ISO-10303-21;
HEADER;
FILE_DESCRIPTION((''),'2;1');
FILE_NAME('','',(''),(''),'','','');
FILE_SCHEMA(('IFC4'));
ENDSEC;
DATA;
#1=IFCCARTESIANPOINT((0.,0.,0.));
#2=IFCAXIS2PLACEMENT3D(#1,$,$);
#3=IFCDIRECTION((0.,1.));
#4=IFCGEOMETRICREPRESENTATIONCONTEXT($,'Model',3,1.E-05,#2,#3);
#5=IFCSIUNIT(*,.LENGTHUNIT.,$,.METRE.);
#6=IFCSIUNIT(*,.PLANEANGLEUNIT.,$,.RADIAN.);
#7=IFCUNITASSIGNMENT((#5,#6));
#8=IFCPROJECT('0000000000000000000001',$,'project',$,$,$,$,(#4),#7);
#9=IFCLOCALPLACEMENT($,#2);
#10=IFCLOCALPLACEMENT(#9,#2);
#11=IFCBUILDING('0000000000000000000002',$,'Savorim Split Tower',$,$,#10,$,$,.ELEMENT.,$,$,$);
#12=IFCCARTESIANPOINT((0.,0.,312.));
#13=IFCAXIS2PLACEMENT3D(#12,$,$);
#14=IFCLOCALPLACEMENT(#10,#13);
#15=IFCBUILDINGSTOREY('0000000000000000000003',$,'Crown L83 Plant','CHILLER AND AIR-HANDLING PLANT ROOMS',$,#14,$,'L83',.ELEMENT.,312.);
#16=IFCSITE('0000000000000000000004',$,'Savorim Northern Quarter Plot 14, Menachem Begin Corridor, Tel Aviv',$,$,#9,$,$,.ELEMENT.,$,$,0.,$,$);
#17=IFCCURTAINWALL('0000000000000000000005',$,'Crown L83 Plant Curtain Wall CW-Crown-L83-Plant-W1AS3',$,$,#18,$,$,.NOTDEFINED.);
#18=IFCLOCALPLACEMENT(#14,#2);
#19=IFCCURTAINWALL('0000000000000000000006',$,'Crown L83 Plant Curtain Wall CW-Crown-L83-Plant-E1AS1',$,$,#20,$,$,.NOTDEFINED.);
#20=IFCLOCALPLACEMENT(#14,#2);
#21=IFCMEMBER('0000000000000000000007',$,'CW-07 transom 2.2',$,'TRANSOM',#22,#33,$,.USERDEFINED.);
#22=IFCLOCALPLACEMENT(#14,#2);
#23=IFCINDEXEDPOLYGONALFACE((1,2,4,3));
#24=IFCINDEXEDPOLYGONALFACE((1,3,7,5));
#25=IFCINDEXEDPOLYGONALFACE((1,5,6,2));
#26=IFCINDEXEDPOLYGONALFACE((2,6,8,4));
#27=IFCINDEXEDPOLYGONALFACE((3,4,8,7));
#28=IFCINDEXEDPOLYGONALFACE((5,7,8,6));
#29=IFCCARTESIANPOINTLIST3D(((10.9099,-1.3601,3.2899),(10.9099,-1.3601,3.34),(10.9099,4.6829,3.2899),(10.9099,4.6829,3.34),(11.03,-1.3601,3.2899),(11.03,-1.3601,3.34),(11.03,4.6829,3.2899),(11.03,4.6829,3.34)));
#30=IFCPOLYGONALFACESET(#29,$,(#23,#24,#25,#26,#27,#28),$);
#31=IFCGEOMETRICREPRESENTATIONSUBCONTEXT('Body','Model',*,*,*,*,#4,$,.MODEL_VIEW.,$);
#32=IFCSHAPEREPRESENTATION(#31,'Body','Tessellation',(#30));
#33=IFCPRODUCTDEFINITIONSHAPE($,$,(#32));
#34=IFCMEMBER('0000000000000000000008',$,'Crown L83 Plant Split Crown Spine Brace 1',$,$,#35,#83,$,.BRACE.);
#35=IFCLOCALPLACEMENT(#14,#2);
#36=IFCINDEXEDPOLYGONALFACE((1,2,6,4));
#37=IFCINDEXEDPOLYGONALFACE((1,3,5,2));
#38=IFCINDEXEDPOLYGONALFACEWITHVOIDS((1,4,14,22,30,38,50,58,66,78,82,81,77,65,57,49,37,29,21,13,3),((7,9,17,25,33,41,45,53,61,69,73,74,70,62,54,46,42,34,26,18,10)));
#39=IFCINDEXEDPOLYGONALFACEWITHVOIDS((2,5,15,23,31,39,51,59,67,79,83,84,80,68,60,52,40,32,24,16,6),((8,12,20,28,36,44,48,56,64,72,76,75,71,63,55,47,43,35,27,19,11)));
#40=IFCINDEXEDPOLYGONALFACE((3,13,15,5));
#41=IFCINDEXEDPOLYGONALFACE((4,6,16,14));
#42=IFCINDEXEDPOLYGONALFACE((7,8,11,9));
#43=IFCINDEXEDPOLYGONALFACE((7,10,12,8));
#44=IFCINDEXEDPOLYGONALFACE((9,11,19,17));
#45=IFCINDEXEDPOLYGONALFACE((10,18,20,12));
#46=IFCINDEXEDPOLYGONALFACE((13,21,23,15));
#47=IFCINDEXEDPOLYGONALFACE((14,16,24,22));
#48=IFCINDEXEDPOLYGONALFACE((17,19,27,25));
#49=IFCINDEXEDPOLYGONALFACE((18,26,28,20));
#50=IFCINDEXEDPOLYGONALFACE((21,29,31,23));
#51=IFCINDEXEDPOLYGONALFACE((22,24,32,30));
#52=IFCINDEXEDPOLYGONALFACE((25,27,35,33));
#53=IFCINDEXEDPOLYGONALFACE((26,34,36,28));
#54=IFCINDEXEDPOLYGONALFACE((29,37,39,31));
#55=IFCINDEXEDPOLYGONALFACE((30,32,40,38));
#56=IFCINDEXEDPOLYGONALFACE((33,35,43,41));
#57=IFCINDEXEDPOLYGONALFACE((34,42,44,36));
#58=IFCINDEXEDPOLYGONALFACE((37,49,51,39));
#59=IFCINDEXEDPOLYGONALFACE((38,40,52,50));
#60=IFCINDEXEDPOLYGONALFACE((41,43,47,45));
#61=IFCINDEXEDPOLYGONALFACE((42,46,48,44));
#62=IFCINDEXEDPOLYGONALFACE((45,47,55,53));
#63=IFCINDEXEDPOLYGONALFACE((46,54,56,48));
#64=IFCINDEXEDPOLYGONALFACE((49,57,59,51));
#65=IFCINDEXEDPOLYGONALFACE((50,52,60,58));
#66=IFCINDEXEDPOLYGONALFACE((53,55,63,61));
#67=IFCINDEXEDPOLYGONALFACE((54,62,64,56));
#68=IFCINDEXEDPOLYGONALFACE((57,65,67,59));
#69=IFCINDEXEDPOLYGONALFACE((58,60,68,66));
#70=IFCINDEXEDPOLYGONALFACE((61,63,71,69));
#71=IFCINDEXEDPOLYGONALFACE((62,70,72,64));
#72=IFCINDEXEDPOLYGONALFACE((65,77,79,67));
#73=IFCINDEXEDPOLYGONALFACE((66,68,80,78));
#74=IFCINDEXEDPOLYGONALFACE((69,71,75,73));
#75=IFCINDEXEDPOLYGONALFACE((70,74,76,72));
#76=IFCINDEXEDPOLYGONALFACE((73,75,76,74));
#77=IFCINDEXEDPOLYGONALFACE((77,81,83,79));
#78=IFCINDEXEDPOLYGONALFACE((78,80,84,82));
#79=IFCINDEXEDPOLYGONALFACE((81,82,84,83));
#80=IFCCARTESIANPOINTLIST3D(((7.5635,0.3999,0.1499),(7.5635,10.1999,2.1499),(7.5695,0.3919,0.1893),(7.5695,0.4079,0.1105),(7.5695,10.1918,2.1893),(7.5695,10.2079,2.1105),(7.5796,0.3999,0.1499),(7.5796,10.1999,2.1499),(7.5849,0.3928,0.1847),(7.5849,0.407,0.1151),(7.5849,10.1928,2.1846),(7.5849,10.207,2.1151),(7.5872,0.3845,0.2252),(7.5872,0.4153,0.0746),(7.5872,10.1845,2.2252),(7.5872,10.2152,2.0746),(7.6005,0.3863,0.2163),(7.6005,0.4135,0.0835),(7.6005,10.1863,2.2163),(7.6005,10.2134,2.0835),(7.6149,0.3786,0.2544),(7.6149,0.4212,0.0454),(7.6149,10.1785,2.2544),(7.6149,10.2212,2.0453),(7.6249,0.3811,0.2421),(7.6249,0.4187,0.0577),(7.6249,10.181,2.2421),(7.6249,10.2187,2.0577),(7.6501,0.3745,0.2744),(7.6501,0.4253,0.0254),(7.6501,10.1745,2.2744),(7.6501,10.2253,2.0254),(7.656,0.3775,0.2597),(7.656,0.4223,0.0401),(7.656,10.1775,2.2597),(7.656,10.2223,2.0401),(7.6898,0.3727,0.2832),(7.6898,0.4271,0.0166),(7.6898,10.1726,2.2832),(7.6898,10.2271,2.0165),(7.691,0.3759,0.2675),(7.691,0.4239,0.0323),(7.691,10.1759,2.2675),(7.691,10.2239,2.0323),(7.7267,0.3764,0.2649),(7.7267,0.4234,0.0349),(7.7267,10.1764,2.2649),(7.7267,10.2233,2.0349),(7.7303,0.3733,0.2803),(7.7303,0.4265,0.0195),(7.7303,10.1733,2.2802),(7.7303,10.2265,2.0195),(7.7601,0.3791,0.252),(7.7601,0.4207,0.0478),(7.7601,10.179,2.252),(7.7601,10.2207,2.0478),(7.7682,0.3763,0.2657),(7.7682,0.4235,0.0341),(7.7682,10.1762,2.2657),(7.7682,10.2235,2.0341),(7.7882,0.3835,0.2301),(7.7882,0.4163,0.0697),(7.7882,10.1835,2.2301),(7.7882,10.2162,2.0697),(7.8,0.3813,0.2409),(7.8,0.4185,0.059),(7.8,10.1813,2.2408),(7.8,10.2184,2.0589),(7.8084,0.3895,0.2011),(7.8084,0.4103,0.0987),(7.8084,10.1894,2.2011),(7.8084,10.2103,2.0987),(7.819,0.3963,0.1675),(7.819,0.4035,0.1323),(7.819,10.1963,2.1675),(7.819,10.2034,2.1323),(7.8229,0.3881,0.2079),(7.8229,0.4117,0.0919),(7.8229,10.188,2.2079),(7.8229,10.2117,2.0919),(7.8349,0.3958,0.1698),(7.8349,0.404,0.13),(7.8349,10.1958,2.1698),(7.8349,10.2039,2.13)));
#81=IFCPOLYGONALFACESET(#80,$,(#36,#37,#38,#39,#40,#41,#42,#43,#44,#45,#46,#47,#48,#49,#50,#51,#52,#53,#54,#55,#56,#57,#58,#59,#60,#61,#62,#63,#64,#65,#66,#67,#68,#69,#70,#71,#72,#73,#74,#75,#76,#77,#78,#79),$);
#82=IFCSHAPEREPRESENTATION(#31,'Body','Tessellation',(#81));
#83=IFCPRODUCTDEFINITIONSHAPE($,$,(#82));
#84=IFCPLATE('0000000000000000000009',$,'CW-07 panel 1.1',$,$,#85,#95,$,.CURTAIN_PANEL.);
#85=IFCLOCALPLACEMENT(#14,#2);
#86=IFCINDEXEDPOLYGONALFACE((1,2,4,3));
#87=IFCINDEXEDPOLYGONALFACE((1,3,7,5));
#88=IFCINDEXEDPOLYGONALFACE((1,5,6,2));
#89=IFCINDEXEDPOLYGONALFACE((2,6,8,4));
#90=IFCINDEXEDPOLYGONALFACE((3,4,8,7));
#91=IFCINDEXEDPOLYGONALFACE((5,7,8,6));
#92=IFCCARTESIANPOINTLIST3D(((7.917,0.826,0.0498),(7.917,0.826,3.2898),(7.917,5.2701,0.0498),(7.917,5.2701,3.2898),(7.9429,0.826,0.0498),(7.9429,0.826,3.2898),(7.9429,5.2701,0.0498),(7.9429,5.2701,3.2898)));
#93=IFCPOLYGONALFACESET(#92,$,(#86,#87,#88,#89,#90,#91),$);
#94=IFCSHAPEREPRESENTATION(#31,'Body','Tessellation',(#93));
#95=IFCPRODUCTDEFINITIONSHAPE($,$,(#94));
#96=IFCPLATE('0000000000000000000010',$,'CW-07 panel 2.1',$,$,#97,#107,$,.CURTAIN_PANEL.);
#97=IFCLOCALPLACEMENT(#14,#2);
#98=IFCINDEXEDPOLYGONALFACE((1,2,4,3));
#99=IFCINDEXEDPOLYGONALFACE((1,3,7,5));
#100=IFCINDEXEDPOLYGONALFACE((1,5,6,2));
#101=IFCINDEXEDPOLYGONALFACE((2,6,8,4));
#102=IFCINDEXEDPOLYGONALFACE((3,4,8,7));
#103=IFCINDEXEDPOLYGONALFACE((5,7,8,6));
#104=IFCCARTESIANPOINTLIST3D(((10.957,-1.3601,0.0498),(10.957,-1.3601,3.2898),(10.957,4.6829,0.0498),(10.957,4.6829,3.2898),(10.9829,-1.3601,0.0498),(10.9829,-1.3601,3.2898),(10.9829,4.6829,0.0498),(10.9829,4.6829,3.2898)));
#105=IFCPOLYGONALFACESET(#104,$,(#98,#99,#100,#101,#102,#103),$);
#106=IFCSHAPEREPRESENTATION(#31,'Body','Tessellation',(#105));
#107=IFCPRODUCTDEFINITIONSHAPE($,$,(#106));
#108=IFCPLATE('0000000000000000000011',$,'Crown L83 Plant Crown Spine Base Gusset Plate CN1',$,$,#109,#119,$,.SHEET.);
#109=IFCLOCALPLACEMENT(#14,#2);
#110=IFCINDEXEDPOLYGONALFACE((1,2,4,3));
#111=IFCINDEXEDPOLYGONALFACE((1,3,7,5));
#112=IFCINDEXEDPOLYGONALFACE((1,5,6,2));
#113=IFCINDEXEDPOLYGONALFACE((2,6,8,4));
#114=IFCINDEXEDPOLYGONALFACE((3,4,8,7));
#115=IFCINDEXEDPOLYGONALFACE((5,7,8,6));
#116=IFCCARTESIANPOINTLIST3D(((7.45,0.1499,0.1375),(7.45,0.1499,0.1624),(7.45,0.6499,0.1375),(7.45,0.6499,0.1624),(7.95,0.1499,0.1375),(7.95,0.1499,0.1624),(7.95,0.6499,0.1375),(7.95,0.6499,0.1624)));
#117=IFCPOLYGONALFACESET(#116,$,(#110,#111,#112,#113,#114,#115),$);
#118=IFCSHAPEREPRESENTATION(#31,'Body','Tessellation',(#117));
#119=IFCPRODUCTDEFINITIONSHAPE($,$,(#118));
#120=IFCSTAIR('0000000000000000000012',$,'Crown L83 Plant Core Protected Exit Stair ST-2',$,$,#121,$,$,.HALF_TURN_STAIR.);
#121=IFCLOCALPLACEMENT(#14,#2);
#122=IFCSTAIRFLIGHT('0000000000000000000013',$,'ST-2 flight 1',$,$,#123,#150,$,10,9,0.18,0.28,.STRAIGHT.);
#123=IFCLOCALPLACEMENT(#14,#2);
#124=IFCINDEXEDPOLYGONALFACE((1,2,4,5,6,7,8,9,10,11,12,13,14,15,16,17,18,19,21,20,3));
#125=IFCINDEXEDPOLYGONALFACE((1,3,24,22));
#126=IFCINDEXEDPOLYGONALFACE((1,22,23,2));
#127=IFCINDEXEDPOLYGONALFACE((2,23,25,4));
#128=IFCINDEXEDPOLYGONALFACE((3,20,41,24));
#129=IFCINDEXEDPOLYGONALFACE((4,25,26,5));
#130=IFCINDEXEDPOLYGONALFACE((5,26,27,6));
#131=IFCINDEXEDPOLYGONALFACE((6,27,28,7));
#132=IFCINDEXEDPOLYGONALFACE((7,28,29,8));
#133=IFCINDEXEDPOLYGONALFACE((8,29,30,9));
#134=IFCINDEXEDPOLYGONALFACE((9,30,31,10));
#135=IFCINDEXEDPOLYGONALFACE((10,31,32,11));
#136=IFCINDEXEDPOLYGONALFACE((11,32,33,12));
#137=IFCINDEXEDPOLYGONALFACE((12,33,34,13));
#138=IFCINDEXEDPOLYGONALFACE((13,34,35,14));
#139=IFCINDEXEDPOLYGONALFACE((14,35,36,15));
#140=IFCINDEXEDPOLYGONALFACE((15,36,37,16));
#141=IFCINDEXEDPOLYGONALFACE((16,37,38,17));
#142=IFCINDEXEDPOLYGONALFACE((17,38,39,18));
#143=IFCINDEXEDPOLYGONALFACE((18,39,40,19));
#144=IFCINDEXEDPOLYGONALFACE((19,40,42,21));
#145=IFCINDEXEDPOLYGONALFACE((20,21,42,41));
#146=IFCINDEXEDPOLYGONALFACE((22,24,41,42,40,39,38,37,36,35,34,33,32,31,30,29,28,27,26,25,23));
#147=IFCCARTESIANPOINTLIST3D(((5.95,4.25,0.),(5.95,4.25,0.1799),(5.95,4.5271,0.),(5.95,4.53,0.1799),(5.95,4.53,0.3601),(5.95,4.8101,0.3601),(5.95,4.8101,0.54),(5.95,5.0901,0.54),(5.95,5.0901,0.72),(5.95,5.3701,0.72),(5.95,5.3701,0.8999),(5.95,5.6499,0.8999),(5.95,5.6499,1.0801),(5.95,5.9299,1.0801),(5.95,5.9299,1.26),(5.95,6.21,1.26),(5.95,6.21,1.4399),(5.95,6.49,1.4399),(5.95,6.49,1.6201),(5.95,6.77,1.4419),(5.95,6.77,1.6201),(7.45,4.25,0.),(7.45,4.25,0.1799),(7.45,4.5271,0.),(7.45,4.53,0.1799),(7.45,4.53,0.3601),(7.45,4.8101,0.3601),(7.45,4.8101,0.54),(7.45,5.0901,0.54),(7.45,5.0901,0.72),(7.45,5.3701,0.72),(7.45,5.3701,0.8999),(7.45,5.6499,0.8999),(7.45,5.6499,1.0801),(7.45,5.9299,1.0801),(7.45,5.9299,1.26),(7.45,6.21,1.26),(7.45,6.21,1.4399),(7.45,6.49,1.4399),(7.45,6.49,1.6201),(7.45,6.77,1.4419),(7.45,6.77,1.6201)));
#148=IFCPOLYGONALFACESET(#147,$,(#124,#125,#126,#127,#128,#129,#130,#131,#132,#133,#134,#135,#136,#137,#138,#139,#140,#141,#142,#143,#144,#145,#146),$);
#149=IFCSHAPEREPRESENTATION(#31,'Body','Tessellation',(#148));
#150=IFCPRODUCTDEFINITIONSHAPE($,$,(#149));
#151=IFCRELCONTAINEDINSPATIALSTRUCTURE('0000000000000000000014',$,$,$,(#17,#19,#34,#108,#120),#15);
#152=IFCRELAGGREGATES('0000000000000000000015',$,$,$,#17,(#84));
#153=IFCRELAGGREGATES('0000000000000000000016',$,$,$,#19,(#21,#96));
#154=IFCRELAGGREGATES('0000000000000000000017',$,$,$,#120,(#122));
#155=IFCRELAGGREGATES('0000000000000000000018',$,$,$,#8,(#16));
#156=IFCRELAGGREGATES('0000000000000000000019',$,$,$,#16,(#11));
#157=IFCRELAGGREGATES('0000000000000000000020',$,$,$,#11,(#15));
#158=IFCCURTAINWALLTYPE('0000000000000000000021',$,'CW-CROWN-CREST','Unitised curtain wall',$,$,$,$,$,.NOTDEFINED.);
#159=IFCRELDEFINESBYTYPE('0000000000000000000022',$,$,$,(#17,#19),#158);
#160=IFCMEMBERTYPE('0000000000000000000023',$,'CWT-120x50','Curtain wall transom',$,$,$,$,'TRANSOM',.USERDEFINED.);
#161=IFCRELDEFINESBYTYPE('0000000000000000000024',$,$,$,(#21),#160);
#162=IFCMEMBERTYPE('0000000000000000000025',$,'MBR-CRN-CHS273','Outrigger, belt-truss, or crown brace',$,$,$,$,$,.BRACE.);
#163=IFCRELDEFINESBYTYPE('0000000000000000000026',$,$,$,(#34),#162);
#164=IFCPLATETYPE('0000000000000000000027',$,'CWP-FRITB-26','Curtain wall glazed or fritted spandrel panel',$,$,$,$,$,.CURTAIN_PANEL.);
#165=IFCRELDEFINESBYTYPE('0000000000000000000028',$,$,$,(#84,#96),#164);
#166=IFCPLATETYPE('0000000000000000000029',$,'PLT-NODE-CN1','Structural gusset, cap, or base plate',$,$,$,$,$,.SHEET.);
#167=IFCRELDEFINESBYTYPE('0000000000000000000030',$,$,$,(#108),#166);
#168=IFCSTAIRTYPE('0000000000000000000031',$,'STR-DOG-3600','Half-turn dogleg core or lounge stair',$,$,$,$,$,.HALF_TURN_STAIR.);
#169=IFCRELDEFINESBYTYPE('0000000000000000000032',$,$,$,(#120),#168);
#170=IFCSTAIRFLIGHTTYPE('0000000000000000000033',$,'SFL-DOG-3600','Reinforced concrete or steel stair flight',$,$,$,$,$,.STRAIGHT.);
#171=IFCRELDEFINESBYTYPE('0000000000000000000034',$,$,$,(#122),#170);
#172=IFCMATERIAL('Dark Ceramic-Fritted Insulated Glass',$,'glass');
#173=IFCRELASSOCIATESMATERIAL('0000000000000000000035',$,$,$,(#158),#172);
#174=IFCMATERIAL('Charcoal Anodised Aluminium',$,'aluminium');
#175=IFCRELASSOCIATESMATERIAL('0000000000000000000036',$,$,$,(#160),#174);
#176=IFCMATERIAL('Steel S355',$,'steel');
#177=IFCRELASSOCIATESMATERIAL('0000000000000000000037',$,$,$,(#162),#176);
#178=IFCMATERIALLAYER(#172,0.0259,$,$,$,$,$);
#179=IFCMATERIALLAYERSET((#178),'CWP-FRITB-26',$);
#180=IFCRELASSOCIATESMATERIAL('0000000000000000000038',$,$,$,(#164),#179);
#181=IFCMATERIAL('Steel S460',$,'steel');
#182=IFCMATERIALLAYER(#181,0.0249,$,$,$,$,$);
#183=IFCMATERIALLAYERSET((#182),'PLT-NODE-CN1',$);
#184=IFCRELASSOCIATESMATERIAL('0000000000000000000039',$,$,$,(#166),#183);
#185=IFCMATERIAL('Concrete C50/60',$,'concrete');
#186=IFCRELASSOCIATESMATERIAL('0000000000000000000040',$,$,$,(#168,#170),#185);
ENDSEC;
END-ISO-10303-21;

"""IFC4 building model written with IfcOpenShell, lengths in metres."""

from ifc_helpers import new_model, si_unit, direction, frame, origin, origin_2d, place, context, subcontext, project, spatial, polyline, rectangle, hollow_circle, outline, extrude, material, layer, layer_set, material_profile, profile_set, type_object, element, aggregate, save


model = new_model("IFC4")

# Units and contexts
model_context = context("Model", 3, precision=1e-05, world=origin(), true_north=direction((0.0, 1.0)))
body_context = subcontext(model_context, "Body", "Model", "MODEL_VIEW")
ifc_project = project(units=[si_unit("LENGTHUNIT", "METRE"), si_unit("PLANEANGLEUNIT", "RADIAN")], contexts=[model_context])

# Site, building, storey
site_placement = place(None, origin())
site = spatial("IfcSite", under=ifc_project, at=site_placement, Name="Savorim Northern Quarter Plot 14, Menachem Begin Corridor, Tel Aviv", CompositionType="ELEMENT", RefElevation=0.0)
building_placement = place(site_placement, origin())
building = spatial("IfcBuilding", under=site, at=building_placement, Name="Savorim Split Tower", CompositionType="ELEMENT")
storey_placement = place(building_placement, frame((0.0, 0.0, 312.0)))
storey = spatial("IfcBuildingStorey", under=building, at=storey_placement, Name="Crown L83 Plant", Description="CHILLER AND AIR-HANDLING PLANT ROOMS", LongName="L83", CompositionType="ELEMENT", Elevation=312.0)

# Shared definitions
ifc_material_1 = material(Name="Steel S355", Category="steel")

# Shared definitions
ifc_material_2 = material(Name="Dark Ceramic-Fritted Insulated Glass", Category="glass")
curtain_wall_type = type_object("IfcCurtainWallType", Name="CW-CROWN-CREST", Description="Unitised curtain wall", PredefinedType="NOTDEFINED", material=ifc_material_2)
ifc_material_3 = material(Name="Charcoal Anodised Aluminium", Category="aluminium")

# Curtain wall
curtain_wall_1_placement = place(storey_placement, origin())
curtain_wall_1 = element("IfcCurtainWall", 1, at=curtain_wall_1_placement, inside=storey, type_object=curtain_wall_type, Name="Crown L83 Plant Curtain Wall CW-Crown-L83-Plant-W1AS3", PredefinedType="NOTDEFINED")

# Curtain wall
curtain_wall_2_placement = place(storey_placement, origin())
curtain_wall_2 = element("IfcCurtainWall", 2, at=curtain_wall_2_placement, inside=storey, type_object=curtain_wall_type, Name="Crown L83 Plant Curtain Wall CW-Crown-L83-Plant-E1AS1", PredefinedType="NOTDEFINED")

# Members
ifc_material_profile_1 = material_profile(ifc_material_3, rectangle(XDim=0.1201, YDim=0.05, at=origin_2d()), Name="ALU-T 120x50")
ifc_profile_set_1 = profile_set([ifc_material_profile_1], Name="Charcoal Anodised Aluminium")
member_type_1 = type_object("IfcMemberType", Name="CWT-120x50", Description="Curtain wall transom", ElementType="TRANSOM", PredefinedType="USERDEFINED", material=ifc_profile_set_1)
member_1_placement = place(storey_placement, frame((10.97, 4.6829, 3.3149), z_axis=(0.0, -1.0, 0.0), x_axis=(1.0, 0.0, 0.0)))
member_1 = element("IfcMember", 3, at=member_1_placement, type_object=member_type_1, Name="CW-07 transom 2.2", ObjectType="TRANSOM", PredefinedType="USERDEFINED", context=body_context, shape_type="SweptSolid", body=[
    extrude(rectangle(XDim=0.1201, YDim=0.05, at=origin_2d()), origin(), (0.0, 0.0, 1.0), 6.043),
])
ifc_material_profile_2 = material_profile(ifc_material_1, hollow_circle(Radius=0.1365, WallThickness=0.0161, at=origin_2d()), Name="CHS 273x16")
ifc_profile_set_2 = profile_set([ifc_material_profile_2], Name="Steel S355")
member_type_2 = type_object("IfcMemberType", Name="MBR-CRN-CHS273", Description="Outrigger, belt-truss, or crown brace", PredefinedType="BRACE", material=ifc_profile_set_2)
member_2_placement = place(storey_placement, frame((7.7, 0.3999, 0.1499), z_axis=(0.0, 0.979804, 0.199959), x_axis=(-1.0, 0.0, 0.0)))
element("IfcMember", 4, at=member_2_placement, inside=storey, type_object=member_type_2, Name="Crown L83 Plant Split Crown Spine Brace 1", PredefinedType="BRACE", context=body_context, shape_type="SweptSolid", body=[
    extrude(hollow_circle(Radius=0.1365, WallThickness=0.0161, at=origin_2d()), origin(), (0.0, 0.0, 1.0), 10.002),
])

# Plates
ifc_layer_1 = layer(ifc_material_2, 0.0259)
ifc_layer_set_1 = layer_set([ifc_layer_1], Name="CWP-FRITB-26")
plate_type_1 = type_object("IfcPlateType", Name="CWP-FRITB-26", Description="Curtain wall glazed or fritted spandrel panel", PredefinedType="CURTAIN_PANEL", material=ifc_layer_set_1)
plate_1_placement = place(storey_placement, frame((7.9299, 3.0481, 0.0498), z_axis=(0.0, 0.0, 1.0), x_axis=(0.0, 1.0, 0.0)))
plate_1 = element("IfcPlate", 5, at=plate_1_placement, type_object=plate_type_1, Name="CW-07 panel 1.1", PredefinedType="CURTAIN_PANEL", context=body_context, shape_type="SweptSolid", body=[
    extrude(rectangle(XDim=4.4441, YDim=0.0259, at=origin_2d()), origin(), (0.0, 0.0, 1.0), 3.24),
])
aggregate(curtain_wall_1, [plate_1])
plate_2_placement = place(storey_placement, frame((10.97, 1.6614, 0.0498), z_axis=(0.0, 0.0, 1.0), x_axis=(0.0, -1.0, 0.0)))
plate_2 = element("IfcPlate", 6, at=plate_2_placement, type_object=plate_type_1, Name="CW-07 panel 2.1", PredefinedType="CURTAIN_PANEL", context=body_context, shape_type="SweptSolid", body=[
    extrude(rectangle(XDim=6.043, YDim=0.0259, at=origin_2d()), origin(), (0.0, 0.0, 1.0), 3.24),
])
aggregate(curtain_wall_2, [member_1, plate_2])
ifc_material_4 = material(Name="Steel S460", Category="steel")
ifc_layer_2 = layer(ifc_material_4, 0.0249)
ifc_layer_set_2 = layer_set([ifc_layer_2], Name="PLT-NODE-CN1")
plate_type_2 = type_object("IfcPlateType", Name="PLT-NODE-CN1", Description="Structural gusset, cap, or base plate", PredefinedType="SHEET", material=ifc_layer_set_2)
plate_3_placement = place(storey_placement, frame((7.7, 0.3999, 0.1375), z_axis=(0.0, 0.0, 1.0), x_axis=(1.0, 0.0, 0.0)))
element("IfcPlate", 7, at=plate_3_placement, inside=storey, type_object=plate_type_2, Name="Crown L83 Plant Crown Spine Base Gusset Plate CN1", PredefinedType="SHEET", context=body_context, shape_type="SweptSolid", body=[
    extrude(rectangle(XDim=0.5, YDim=0.5, at=origin_2d()), origin(), (0.0, 0.0, 1.0), 0.0249),
])

# Shared definitions
ifc_material_5 = material(Name="Concrete C50/60", Category="concrete")

# Stair, stair flight
stair_type = type_object("IfcStairType", Name="STR-DOG-3600", Description="Half-turn dogleg core or lounge stair", PredefinedType="HALF_TURN_STAIR", material=ifc_material_5)
stair_placement = place(storey_placement, origin())
stair = element("IfcStair", 8, at=stair_placement, inside=storey, type_object=stair_type, Name="Crown L83 Plant Core Protected Exit Stair ST-2", PredefinedType="HALF_TURN_STAIR")
stair_flight_type = type_object("IfcStairFlightType", Name="SFL-DOG-3600", Description="Reinforced concrete or steel stair flight", PredefinedType="STRAIGHT", material=ifc_material_5)
stair_flight_placement = place(storey_placement, frame((6.7, 4.25, 0.0), z_axis=(0.0, 0.0, 1.0), x_axis=(0.0, 1.0, 0.0)))
stair_flight = element("IfcStairFlight", 9, at=stair_flight_placement, type_object=stair_flight_type, Name="ST-2 flight 1", NumberOfRisers=10, NumberOfTreads=9, PredefinedType="STRAIGHT", RiserHeight=0.18, TreadLength=0.28, context=body_context, shape_type="SweptSolid", body=[
    extrude(outline(polyline([(0.0, 0.0), (0.0, 0.1799), (0.28, 0.1799), (0.28, 0.3601), (0.5601, 0.3601), (0.5601, 0.54), (0.8401, 0.54), (0.8401, 0.72), (1.1201, 0.72), (1.1201, 0.8999), (1.3999, 0.8999), (1.3999, 1.0801), (1.6799, 1.0801), (1.6799, 1.26), (1.96, 1.26), (1.96, 1.4399), (2.24, 1.4399), (2.24, 1.6201), (2.52, 1.6201), (2.52, 1.8), (2.52, 1.4419), (0.2771, 0.0), (0.0, 0.0)])), frame((0.0, 0.75, 0.0), z_axis=(0.0, -1.0, 0.0), x_axis=(1.0, 0.0, 0.0)), (0.0, 0.0, 1.0), 1.5),
])
aggregate(stair, [stair_flight])

save(model, "model.ifc")
